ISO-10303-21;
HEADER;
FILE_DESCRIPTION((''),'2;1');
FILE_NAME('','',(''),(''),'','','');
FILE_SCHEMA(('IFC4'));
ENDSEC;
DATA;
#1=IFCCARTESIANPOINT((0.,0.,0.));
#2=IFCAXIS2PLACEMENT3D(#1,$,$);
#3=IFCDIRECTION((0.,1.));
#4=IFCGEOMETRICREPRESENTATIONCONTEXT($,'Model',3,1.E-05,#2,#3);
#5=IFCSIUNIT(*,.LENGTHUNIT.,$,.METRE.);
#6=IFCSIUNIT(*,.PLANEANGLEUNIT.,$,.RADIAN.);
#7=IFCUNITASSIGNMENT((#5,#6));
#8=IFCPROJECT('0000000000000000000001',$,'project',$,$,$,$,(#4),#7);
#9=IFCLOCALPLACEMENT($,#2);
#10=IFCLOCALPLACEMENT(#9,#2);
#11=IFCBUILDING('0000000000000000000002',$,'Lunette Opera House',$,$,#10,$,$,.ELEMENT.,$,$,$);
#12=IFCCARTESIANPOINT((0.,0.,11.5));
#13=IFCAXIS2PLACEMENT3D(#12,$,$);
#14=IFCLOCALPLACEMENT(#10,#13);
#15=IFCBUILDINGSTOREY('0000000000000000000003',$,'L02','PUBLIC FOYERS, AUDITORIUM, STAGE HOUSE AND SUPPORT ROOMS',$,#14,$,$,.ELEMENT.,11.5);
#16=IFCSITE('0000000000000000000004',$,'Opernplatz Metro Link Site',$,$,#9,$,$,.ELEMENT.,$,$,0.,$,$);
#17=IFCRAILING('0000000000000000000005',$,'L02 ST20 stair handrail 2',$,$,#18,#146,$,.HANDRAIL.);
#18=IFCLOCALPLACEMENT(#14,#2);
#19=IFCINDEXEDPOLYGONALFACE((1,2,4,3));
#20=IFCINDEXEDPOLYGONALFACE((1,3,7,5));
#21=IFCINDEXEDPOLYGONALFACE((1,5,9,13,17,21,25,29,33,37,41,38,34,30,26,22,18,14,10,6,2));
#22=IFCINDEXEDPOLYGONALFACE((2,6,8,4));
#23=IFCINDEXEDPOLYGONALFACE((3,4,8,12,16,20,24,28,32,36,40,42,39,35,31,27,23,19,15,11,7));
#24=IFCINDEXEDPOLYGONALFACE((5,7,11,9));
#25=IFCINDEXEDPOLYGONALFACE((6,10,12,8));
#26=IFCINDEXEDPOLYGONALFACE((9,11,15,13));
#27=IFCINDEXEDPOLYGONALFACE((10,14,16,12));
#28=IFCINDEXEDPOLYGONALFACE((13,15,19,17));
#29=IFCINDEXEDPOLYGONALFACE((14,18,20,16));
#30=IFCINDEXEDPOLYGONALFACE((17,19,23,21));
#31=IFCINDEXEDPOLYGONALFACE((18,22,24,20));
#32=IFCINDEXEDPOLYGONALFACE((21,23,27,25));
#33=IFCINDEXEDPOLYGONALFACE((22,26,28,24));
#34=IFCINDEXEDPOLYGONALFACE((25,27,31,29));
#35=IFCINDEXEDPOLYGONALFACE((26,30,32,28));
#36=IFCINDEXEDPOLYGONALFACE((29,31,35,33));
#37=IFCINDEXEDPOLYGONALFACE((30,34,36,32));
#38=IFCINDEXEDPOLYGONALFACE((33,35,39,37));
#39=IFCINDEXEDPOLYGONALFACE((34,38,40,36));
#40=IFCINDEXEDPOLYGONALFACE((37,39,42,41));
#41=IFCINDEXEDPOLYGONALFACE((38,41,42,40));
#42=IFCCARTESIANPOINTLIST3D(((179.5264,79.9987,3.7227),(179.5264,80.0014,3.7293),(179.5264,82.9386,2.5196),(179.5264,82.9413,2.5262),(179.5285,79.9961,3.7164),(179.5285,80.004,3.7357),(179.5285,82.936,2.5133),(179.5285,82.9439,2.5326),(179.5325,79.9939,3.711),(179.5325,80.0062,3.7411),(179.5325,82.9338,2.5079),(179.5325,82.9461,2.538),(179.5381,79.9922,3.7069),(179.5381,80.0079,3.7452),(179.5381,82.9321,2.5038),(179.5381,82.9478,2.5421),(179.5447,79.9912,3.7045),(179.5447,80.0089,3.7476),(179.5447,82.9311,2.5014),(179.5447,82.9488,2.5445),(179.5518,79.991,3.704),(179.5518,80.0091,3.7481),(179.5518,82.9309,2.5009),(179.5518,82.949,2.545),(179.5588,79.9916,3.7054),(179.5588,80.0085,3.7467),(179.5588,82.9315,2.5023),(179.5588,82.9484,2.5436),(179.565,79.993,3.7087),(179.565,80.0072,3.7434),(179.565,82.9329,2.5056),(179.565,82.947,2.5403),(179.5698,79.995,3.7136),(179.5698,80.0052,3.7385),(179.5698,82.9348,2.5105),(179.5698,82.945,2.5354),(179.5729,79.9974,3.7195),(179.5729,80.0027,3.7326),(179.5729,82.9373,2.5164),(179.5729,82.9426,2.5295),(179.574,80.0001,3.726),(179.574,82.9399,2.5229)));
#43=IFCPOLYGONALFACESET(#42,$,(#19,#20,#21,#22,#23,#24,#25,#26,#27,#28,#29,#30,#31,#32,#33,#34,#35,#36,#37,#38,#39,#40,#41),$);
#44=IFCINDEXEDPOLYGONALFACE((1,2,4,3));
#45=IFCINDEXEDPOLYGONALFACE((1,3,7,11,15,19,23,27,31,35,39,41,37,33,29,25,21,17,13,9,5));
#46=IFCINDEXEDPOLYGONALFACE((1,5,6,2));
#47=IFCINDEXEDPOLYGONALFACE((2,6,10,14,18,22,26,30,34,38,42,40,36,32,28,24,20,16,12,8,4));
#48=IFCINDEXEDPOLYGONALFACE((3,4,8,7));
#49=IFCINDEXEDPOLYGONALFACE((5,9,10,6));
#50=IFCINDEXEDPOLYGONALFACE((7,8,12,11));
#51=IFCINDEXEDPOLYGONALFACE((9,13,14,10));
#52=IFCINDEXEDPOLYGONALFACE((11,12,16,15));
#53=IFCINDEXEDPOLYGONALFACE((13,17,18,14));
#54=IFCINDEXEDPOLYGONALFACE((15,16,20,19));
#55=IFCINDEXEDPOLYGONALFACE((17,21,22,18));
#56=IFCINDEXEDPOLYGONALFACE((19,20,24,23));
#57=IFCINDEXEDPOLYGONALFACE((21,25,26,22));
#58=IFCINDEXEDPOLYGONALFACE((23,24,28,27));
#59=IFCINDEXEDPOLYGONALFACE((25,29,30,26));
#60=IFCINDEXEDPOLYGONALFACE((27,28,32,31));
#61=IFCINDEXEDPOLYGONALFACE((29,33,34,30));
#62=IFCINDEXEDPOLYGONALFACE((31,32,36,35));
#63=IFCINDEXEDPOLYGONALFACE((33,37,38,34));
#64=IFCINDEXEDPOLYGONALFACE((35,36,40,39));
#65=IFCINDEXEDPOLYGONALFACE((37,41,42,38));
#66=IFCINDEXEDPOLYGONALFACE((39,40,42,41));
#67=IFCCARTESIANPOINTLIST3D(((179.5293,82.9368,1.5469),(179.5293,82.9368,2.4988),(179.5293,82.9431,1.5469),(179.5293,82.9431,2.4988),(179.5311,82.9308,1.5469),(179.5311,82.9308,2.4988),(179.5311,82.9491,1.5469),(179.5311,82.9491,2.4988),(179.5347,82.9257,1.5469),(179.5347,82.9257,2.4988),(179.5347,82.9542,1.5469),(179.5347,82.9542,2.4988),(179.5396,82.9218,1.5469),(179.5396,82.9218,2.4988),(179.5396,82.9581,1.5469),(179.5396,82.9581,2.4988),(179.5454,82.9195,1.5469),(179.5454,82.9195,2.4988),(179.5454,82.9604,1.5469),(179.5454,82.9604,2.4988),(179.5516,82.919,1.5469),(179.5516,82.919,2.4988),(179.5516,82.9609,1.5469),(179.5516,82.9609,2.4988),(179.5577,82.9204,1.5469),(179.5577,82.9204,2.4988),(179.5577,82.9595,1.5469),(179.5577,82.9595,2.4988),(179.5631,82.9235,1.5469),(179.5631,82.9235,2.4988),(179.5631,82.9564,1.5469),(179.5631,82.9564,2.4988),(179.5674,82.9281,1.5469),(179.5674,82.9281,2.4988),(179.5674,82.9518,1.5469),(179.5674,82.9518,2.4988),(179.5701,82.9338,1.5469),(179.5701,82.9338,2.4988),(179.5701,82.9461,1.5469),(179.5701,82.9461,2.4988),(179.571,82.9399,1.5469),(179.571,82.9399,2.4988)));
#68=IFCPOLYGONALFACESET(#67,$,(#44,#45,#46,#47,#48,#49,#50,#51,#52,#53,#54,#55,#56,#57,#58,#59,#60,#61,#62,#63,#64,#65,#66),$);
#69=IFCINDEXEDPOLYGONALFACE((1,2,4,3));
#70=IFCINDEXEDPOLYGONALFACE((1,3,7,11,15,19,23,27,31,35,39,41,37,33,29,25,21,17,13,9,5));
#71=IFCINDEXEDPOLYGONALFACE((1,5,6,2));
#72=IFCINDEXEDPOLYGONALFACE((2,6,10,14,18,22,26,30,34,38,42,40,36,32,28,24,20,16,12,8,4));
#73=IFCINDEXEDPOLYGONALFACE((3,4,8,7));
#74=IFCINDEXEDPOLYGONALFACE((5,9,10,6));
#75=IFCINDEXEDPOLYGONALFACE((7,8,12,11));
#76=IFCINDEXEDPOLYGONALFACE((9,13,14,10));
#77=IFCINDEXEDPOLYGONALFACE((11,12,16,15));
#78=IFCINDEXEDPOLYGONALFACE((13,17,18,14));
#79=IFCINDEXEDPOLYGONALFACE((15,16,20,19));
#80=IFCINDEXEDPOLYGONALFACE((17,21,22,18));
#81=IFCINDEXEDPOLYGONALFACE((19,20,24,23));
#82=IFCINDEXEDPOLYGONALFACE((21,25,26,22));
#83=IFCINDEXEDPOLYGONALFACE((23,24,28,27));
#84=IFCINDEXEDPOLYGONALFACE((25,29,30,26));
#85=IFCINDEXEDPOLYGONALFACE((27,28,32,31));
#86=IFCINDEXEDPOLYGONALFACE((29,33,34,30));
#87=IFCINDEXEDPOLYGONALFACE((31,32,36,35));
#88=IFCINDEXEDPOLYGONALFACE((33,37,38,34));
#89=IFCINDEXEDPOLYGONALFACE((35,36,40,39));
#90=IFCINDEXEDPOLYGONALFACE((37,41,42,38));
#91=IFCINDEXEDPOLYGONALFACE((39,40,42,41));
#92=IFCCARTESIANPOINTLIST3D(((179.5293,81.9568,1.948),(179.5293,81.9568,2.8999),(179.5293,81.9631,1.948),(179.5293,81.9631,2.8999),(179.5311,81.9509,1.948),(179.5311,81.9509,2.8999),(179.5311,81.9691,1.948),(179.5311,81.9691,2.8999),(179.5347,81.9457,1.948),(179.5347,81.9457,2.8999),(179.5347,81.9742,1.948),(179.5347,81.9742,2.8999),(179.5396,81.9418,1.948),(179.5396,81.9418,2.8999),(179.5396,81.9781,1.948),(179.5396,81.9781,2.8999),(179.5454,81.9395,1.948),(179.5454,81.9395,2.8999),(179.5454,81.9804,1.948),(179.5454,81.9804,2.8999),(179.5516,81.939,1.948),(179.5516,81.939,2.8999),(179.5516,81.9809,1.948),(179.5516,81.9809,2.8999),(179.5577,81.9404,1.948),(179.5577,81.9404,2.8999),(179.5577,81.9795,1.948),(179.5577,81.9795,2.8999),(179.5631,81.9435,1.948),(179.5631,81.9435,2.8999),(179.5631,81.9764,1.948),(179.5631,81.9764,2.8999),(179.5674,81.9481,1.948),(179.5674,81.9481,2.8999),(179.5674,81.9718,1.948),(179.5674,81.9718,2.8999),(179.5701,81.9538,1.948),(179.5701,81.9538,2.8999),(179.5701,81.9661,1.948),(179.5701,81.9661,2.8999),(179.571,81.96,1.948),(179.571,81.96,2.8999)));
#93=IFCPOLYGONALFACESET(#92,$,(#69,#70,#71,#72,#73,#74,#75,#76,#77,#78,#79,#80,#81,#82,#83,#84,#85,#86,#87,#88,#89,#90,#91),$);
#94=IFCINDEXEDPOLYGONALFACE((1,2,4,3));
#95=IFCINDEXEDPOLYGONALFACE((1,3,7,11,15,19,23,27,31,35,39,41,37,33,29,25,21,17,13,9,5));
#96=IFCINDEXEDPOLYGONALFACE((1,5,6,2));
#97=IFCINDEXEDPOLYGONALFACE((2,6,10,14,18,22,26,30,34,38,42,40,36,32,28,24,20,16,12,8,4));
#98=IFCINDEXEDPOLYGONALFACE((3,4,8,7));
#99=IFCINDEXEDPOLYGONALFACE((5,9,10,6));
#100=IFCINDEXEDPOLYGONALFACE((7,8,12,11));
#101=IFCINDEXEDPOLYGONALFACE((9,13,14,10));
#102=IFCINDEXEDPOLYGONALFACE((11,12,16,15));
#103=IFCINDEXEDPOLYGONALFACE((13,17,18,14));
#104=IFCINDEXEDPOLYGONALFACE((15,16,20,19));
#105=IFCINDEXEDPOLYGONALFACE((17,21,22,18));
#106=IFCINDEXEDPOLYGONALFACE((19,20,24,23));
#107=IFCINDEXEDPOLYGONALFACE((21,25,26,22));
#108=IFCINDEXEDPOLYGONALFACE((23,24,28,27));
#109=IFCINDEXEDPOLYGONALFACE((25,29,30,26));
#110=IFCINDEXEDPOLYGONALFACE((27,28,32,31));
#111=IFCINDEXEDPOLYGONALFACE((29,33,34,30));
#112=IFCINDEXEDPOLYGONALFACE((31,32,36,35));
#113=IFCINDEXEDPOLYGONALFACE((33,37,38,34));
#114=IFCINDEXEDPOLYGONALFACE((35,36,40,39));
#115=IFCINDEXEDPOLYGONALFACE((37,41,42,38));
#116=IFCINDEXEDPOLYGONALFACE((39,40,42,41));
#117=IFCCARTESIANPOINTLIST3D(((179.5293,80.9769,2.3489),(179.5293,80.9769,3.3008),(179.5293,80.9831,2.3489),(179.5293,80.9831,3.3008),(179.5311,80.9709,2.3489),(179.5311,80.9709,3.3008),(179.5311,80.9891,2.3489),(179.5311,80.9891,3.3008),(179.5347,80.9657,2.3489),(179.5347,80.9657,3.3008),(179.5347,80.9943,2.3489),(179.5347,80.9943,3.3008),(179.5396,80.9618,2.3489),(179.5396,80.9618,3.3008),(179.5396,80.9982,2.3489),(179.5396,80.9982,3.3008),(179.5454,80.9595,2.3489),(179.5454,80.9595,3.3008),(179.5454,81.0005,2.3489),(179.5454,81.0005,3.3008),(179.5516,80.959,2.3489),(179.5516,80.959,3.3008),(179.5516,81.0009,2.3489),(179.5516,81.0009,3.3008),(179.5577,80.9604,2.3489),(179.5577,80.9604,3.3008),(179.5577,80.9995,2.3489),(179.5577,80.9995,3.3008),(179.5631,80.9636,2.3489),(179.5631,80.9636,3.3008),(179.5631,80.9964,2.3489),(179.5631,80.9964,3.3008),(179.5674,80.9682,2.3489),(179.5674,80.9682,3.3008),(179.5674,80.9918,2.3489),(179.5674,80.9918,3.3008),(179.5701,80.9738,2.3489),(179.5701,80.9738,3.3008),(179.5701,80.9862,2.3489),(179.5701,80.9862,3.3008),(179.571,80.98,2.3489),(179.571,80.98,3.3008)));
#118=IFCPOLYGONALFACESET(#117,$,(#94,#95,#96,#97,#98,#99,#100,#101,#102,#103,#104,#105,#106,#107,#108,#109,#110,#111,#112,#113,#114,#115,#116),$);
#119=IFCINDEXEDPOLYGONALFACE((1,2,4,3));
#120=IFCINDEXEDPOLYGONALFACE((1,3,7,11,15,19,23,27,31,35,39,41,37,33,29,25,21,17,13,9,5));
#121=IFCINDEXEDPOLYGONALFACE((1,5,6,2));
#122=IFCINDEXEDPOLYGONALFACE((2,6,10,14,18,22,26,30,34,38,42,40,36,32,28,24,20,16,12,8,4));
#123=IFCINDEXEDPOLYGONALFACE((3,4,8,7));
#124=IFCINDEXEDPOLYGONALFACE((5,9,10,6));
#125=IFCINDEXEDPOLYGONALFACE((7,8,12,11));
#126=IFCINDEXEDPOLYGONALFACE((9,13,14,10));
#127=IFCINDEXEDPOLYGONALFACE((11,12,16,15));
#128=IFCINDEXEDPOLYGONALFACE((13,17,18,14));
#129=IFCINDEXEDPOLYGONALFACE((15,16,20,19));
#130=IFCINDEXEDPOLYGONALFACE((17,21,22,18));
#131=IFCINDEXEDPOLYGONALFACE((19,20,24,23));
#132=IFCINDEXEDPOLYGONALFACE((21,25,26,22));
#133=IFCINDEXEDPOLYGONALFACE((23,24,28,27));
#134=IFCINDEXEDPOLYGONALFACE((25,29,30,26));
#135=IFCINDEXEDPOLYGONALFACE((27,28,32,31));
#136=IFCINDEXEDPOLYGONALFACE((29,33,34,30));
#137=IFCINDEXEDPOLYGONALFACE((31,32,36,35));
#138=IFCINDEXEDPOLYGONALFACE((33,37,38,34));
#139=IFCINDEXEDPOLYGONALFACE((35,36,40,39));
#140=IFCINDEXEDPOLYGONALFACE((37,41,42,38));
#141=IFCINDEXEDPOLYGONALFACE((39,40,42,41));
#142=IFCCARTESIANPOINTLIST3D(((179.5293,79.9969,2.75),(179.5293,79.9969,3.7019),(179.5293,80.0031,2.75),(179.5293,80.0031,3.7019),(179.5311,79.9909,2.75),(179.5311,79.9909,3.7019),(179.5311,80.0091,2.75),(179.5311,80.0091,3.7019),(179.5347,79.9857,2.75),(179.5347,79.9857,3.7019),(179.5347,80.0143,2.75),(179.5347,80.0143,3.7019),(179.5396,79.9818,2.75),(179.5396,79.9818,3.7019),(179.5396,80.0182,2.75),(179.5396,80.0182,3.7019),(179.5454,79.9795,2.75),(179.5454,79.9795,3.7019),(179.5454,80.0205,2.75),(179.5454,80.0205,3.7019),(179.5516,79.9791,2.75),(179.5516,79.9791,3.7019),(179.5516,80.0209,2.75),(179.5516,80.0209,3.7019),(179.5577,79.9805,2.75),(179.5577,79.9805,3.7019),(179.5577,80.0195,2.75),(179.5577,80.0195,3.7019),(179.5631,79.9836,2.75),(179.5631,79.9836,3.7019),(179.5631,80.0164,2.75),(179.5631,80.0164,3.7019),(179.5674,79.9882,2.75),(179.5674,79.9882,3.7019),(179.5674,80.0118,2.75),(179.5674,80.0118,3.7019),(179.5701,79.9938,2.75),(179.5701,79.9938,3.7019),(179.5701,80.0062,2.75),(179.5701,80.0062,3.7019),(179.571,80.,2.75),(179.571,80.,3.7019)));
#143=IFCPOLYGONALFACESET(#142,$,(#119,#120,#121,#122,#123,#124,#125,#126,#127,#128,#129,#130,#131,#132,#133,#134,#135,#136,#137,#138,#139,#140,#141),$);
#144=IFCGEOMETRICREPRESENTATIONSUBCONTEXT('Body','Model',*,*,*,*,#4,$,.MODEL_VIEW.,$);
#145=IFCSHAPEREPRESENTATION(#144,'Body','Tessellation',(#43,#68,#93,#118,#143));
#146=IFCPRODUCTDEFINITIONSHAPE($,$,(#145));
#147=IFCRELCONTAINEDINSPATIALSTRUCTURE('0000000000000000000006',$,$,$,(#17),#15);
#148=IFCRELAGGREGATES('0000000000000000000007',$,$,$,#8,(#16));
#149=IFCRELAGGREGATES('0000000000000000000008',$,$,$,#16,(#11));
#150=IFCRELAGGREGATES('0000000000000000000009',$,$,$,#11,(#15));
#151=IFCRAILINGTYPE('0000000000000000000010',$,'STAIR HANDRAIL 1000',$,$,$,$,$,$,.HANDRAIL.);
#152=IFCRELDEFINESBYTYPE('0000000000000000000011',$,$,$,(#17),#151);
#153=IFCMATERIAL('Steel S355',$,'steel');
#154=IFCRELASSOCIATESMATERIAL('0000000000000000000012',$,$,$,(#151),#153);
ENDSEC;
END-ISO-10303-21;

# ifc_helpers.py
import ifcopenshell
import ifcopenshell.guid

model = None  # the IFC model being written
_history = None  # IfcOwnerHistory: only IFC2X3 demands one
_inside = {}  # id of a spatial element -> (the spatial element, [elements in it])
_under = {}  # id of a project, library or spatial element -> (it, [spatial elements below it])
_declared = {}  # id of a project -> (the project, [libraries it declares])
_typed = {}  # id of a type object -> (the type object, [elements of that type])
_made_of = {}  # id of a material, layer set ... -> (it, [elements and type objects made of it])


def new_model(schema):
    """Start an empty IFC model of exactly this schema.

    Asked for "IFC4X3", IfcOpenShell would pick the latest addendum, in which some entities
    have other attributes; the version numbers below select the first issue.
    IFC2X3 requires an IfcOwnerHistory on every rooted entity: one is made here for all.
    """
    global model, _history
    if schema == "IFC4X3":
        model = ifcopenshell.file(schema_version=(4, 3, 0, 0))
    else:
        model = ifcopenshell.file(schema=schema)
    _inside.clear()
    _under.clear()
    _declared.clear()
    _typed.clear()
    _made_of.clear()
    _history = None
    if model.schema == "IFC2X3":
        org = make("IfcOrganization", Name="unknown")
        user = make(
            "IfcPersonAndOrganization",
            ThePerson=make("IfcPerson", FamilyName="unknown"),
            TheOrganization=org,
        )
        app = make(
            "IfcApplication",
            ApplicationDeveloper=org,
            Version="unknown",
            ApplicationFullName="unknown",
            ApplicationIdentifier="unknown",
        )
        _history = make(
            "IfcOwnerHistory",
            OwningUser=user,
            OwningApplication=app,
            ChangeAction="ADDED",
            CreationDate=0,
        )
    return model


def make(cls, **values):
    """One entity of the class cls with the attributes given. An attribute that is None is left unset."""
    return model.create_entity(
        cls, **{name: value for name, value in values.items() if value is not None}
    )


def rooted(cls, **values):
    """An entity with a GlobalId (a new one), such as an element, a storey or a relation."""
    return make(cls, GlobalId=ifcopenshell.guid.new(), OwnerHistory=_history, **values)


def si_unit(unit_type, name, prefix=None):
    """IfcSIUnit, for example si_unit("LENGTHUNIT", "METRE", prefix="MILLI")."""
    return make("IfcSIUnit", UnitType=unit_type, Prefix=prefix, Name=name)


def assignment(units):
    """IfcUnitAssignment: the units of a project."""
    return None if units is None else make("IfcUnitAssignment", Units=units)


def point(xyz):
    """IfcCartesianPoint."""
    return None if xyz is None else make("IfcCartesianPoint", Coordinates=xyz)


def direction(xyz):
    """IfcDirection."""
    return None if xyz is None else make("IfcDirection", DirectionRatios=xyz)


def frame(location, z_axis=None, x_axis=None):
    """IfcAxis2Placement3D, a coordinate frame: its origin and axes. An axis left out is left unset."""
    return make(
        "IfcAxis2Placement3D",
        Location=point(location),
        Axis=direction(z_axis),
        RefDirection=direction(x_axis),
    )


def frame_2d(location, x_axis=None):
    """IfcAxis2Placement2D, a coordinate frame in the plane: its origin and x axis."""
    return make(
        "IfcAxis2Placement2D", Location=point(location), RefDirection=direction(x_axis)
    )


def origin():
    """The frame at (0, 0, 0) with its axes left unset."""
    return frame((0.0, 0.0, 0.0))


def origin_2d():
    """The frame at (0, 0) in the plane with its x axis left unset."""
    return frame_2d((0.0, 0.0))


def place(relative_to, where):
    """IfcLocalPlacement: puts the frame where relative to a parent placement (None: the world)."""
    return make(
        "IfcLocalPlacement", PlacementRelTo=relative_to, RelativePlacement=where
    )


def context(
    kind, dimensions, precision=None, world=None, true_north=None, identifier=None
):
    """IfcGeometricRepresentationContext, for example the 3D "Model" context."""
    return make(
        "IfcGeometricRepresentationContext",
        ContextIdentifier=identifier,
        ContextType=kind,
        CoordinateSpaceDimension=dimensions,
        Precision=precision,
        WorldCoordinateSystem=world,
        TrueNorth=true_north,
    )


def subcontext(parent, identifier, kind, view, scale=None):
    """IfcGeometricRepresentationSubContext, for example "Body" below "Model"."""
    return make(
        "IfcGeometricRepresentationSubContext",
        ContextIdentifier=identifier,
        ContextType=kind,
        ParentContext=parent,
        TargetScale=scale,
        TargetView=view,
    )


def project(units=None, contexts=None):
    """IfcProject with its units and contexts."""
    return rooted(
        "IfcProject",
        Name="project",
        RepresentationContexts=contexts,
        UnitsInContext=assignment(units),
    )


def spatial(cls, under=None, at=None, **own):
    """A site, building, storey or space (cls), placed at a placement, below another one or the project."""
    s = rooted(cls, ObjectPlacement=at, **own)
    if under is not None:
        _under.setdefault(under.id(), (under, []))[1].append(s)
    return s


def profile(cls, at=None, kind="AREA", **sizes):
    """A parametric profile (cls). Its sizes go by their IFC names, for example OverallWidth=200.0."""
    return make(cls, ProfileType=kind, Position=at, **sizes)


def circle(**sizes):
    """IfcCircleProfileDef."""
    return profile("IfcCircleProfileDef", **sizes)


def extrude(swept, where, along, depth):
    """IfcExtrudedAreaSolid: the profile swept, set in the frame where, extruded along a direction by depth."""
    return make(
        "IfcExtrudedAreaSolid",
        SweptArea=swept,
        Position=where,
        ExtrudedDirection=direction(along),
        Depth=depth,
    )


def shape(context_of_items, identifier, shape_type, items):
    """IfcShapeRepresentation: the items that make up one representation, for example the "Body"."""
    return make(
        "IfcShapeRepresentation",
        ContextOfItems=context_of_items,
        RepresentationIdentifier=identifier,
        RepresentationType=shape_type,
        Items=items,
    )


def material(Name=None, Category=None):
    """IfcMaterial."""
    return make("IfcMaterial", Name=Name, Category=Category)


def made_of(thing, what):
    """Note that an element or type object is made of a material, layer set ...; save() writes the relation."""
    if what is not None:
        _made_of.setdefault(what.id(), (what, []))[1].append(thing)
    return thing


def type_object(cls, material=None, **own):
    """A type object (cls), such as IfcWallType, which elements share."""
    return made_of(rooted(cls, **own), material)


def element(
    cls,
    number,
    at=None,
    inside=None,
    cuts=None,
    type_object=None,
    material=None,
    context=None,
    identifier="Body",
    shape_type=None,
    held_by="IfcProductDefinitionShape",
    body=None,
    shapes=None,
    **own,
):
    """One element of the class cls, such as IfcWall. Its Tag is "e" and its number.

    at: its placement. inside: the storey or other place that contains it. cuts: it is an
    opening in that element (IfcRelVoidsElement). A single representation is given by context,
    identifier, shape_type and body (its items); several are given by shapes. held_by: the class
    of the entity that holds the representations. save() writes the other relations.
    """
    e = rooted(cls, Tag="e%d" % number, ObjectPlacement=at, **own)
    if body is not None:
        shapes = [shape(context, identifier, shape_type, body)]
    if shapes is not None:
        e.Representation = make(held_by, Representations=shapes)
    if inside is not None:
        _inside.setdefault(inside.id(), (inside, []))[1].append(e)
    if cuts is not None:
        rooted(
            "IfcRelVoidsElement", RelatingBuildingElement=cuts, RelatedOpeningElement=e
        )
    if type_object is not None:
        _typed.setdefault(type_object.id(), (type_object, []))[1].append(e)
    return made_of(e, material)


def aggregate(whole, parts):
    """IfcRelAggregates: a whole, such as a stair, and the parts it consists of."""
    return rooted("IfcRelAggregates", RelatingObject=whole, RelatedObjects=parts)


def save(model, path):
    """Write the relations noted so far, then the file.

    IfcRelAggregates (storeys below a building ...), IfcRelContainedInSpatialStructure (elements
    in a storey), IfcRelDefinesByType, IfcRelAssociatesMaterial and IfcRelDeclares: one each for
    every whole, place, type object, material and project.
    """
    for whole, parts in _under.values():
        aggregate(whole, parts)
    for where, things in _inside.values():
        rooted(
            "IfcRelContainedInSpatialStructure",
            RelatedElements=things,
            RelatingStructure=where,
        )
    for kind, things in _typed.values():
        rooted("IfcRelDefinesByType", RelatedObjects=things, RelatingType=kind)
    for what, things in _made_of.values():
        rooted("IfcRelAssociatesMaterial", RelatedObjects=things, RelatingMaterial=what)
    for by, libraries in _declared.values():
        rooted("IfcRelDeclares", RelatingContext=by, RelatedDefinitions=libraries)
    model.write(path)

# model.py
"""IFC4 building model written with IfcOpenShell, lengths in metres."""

from ifc_helpers import new_model, si_unit, direction, frame, origin, origin_2d, place, context, subcontext, project, spatial, circle, extrude, material, type_object, element, save


model = new_model("IFC4")

# Units and contexts
model_context = context("Model", 3, precision=1e-05, world=origin(), true_north=direction((0.0, 1.0)))
body_context = subcontext(model_context, "Body", "Model", "MODEL_VIEW")
ifc_project = project(units=[si_unit("LENGTHUNIT", "METRE"), si_unit("PLANEANGLEUNIT", "RADIAN")], contexts=[model_context])

# Site, building, storey
site_placement = place(None, origin())
site = spatial("IfcSite", under=ifc_project, at=site_placement, Name="Opernplatz Metro Link Site", CompositionType="ELEMENT", RefElevation=0.0)
building_placement = place(site_placement, origin())
building = spatial("IfcBuilding", under=site, at=building_placement, Name="Lunette Opera House", CompositionType="ELEMENT")
storey_placement = place(building_placement, frame((0.0, 0.0, 11.5)))
storey = spatial("IfcBuildingStorey", under=building, at=storey_placement, Name="L02", Description="PUBLIC FOYERS, AUDITORIUM, STAGE HOUSE AND SUPPORT ROOMS", CompositionType="ELEMENT", Elevation=11.5)

# Railing
ifc_material_1 = material(Name="Steel S355", Category="steel")
railing_type_1 = type_object("IfcRailingType", Name="STAIR HANDRAIL 1000", PredefinedType="HANDRAIL", material=ifc_material_1)
for number, where, name in (
    (1, (179.55, 82.9399, 1.5469), "L02 ST20 stair handrail 2"),
):
    element("IfcRailing", number, at=place(storey_placement, frame(where)), inside=storey, type_object=railing_type_1, Name=name, PredefinedType="HANDRAIL", context=body_context, shape_type="SweptSolid", body=[
        extrude(circle(Radius=0.0239, at=origin_2d()), frame((0.0, 0.0, 0.9761), z_axis=(0.0, -0.9255, 0.378747), x_axis=(1.0, 0.0, 0.0)), (0.0, 0.0, 1.0), 3.1765),
        extrude(circle(Radius=0.021, at=origin_2d()), origin(), (0.0, 0.0, 1.0), 0.9519),
        extrude(circle(Radius=0.021, at=origin_2d()), frame((0.0, -0.98, 0.4011)), (0.0, 0.0, 1.0), 0.9519),
        extrude(circle(Radius=0.021, at=origin_2d()), frame((0.0, -1.96, 0.802)), (0.0, 0.0, 1.0), 0.9519),
        extrude(circle(Radius=0.021, at=origin_2d()), frame((0.0, -2.9399, 1.2031)), (0.0, 0.0, 1.0), 0.9519),
    ])

save(model, "model.ifc")
